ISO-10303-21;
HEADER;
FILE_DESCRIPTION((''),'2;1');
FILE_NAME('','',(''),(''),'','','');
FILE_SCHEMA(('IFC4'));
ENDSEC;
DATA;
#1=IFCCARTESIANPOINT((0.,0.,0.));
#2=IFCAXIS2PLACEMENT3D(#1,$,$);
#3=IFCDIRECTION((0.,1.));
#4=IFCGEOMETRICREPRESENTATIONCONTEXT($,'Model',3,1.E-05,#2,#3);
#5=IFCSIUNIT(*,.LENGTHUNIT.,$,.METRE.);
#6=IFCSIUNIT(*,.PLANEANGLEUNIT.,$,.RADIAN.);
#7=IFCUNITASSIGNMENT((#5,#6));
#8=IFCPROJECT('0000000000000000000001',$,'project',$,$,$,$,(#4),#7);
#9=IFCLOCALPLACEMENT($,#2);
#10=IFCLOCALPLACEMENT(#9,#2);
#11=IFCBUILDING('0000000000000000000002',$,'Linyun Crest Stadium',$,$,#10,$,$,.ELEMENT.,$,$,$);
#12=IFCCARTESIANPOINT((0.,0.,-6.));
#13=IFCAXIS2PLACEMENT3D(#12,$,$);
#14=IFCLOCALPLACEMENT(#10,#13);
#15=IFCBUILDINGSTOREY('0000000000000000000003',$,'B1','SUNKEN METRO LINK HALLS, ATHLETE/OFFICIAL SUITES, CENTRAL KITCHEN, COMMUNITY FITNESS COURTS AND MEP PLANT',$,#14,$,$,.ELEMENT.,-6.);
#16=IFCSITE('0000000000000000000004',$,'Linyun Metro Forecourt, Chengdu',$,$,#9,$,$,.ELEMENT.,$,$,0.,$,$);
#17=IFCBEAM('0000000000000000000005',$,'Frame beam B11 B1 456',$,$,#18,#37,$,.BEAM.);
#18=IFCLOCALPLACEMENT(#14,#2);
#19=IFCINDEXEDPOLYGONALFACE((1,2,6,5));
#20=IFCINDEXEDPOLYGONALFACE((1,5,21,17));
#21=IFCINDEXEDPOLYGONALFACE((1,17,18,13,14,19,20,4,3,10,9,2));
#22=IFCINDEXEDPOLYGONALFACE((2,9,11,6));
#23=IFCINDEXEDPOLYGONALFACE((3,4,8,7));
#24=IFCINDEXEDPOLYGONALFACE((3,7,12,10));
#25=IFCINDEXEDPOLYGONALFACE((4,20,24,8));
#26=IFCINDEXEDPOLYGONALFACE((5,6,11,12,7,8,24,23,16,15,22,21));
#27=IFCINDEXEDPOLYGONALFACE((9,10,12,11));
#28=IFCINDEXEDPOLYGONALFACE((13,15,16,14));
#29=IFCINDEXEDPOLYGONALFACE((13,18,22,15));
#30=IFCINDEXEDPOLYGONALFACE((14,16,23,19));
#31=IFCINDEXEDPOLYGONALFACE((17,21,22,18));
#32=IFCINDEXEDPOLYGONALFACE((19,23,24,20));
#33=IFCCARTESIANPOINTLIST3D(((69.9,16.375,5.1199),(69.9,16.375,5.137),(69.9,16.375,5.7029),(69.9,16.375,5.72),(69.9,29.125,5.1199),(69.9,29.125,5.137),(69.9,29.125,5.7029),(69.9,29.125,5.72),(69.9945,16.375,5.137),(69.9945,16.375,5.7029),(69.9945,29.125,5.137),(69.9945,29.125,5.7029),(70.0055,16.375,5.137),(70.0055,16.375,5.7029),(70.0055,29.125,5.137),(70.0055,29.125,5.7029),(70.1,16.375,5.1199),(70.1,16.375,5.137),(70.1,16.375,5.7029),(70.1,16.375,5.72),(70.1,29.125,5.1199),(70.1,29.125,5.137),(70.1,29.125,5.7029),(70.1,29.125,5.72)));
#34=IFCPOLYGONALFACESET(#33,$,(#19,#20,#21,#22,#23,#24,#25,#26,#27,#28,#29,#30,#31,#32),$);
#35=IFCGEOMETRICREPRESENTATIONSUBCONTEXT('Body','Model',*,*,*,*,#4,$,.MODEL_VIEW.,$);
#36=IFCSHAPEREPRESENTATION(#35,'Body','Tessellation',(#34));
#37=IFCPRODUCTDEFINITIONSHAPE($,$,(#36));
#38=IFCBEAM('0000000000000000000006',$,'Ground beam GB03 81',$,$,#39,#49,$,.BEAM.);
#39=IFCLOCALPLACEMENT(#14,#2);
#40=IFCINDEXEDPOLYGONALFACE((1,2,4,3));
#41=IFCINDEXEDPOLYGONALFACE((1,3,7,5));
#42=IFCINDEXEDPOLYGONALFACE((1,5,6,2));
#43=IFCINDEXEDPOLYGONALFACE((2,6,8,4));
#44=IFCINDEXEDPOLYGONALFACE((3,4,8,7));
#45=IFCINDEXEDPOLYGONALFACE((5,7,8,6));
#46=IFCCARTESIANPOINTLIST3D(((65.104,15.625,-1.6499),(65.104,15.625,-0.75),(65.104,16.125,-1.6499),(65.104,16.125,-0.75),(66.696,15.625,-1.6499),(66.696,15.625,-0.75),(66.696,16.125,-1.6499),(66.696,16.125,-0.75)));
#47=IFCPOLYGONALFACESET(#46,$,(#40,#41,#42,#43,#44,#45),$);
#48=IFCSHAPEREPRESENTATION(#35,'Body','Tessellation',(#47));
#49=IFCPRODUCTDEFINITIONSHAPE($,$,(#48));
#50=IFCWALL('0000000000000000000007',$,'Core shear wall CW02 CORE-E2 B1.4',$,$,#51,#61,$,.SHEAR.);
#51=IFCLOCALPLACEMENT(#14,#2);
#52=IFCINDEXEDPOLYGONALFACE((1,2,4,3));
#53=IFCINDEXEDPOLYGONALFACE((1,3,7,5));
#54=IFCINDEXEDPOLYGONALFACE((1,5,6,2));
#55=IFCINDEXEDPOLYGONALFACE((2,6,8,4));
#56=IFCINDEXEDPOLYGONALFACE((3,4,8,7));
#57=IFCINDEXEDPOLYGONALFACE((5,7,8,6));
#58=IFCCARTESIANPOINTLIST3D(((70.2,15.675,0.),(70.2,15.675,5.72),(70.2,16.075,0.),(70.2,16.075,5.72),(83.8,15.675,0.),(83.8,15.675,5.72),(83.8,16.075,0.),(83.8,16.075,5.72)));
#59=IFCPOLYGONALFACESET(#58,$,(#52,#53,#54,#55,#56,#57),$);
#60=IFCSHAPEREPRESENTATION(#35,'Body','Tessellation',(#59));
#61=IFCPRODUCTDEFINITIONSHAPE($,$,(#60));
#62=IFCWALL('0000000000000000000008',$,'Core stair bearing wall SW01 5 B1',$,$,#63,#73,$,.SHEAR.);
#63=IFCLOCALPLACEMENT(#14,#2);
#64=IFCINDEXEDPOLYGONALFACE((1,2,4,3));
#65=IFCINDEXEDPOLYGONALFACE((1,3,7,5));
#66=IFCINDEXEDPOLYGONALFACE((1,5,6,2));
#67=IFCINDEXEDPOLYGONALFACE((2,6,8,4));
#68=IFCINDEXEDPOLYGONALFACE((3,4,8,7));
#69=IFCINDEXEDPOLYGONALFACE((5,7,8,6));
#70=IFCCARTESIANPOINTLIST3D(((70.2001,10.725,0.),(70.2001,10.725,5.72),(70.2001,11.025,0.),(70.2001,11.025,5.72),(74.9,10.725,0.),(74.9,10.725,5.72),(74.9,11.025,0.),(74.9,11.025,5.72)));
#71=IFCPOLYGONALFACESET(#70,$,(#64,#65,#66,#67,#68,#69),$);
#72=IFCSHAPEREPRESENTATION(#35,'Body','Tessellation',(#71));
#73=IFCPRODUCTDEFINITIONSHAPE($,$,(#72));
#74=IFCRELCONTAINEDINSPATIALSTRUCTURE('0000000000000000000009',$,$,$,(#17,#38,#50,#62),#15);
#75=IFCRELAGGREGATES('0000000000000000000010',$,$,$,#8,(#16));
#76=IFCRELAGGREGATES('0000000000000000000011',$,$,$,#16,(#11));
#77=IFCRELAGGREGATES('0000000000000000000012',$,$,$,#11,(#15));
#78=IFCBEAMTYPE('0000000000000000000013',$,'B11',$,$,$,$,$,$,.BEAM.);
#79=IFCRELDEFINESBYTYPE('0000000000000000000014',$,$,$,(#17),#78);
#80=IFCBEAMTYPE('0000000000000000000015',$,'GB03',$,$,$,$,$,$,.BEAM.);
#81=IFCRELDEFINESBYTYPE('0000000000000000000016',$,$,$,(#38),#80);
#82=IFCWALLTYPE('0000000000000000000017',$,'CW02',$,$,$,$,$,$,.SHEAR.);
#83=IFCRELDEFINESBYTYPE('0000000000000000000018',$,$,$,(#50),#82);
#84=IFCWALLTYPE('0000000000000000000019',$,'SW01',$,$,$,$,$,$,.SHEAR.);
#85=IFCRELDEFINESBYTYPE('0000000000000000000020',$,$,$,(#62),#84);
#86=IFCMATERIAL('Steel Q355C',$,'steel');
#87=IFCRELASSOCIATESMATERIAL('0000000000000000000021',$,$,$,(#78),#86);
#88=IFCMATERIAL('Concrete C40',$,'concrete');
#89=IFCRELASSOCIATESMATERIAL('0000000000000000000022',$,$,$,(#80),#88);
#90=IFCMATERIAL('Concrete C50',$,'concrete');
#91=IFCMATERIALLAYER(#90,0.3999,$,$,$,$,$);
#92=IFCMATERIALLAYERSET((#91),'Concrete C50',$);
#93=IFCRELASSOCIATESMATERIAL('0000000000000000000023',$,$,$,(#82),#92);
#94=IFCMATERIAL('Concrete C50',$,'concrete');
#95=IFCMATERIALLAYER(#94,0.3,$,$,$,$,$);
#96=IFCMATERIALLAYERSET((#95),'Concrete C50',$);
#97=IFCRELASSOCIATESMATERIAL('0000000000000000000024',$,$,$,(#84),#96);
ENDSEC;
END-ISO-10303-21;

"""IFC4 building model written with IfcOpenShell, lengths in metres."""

from ifc_helpers import new_model, si_unit, direction, frame, frame_2d, origin, origin_2d, place, context, subcontext, project, spatial, rectangle, i_section, extrude, material, layer, layer_set, material_profile, profile_set, type_object, element, save


model = new_model("IFC4")

# Units and contexts
model_context = context("Model", 3, precision=1e-05, world=origin(), true_north=direction((0.0, 1.0)))
body_context = subcontext(model_context, "Body", "Model", "MODEL_VIEW")
ifc_project = project(units=[si_unit("LENGTHUNIT", "METRE"), si_unit("PLANEANGLEUNIT", "RADIAN")], contexts=[model_context])

# Site, building, storey
site_placement = place(None, origin())
site = spatial("IfcSite", under=ifc_project, at=site_placement, Name="Linyun Metro Forecourt, Chengdu", CompositionType="ELEMENT", RefElevation=0.0)
building_placement = place(site_placement, origin())
building = spatial("IfcBuilding", under=site, at=building_placement, Name="Linyun Crest Stadium", CompositionType="ELEMENT")
storey_placement = place(building_placement, frame((0.0, 0.0, -6.0)))
storey = spatial("IfcBuildingStorey", under=building, at=storey_placement, Name="B1", Description="SUNKEN METRO LINK HALLS, ATHLETE/OFFICIAL SUITES, CENTRAL KITCHEN, COMMUNITY FITNESS COURTS AND MEP PLANT", CompositionType="ELEMENT", Elevation=-6.0)

# Beams
ifc_material_1 = material(Name="Steel Q355C", Category="steel")
ifc_material_profile_1 = material_profile(ifc_material_1, i_section(OverallWidth=0.2, OverallDepth=0.6001, WebThickness=0.011, FlangeThickness=0.0171, at=origin_2d()), Name="HN 600x200")
ifc_profile_set_1 = profile_set([ifc_material_profile_1], Name="Steel Q355C")
beam_type_1 = type_object("IfcBeamType", Name="B11", PredefinedType="BEAM", material=ifc_profile_set_1)
beam_1_placement = place(storey_placement, frame((70.0, 16.375, 5.4199), z_axis=(0.0, 1.0, 0.0), x_axis=(-1.0, 0.0, 0.0)))
element("IfcBeam", 1, at=beam_1_placement, inside=storey, type_object=beam_type_1, Name="Frame beam B11 B1 456", PredefinedType="BEAM", context=body_context, shape_type="SweptSolid", body=[
    extrude(i_section(OverallWidth=0.2, OverallDepth=0.6001, WebThickness=0.011, FlangeThickness=0.0171, at=origin_2d()), origin(), (0.0, 0.0, 1.0), 12.75),
])
ifc_material_2 = material(Name="Concrete C40", Category="concrete")
ifc_material_profile_2 = material_profile(ifc_material_2, rectangle(XDim=0.5, YDim=0.8999, at=origin_2d()), Name="RCB 900x500")
ifc_profile_set_2 = profile_set([ifc_material_profile_2], Name="Concrete C40")
beam_type_2 = type_object("IfcBeamType", Name="GB03", PredefinedType="BEAM", material=ifc_profile_set_2)
beam_2_placement = place(storey_placement, frame((65.104, 15.875, -1.2), z_axis=(1.0, 0.0, 0.0), x_axis=(0.0, 1.0, 0.0)))
element("IfcBeam", 2, at=beam_2_placement, inside=storey, type_object=beam_type_2, Name="Ground beam GB03 81", PredefinedType="BEAM", context=body_context, shape_type="SweptSolid", body=[
    extrude(rectangle(XDim=0.5, YDim=0.8999, at=origin_2d()), origin(), (0.0, 0.0, 1.0), 1.592),
])

# Walls
ifc_material_3 = material(Name="Concrete C50", Category="concrete")
ifc_layer_1 = layer(ifc_material_3, 0.3999)
ifc_layer_set_1 = layer_set([ifc_layer_1], Name="Concrete C50")
wall_type_1 = type_object("IfcWallType", Name="CW02", PredefinedType="SHEAR", material=ifc_layer_set_1)
wall_1_placement = place(storey_placement, frame((70.2, 15.875, 0.0), z_axis=(0.0, 0.0, 1.0), x_axis=(1.0, 0.0, 0.0)))
element("IfcWall", 3, at=wall_1_placement, inside=storey, type_object=wall_type_1, Name="Core shear wall CW02 CORE-E2 B1.4", PredefinedType="SHEAR", context=body_context, shape_type="SweptSolid", body=[
    extrude(rectangle(XDim=13.6001, YDim=0.3999, at=frame_2d((6.8, 0.0))), origin(), (0.0, 0.0, 1.0), 5.72),
])
ifc_material_4 = material(Name="Concrete C50", Category="concrete")
ifc_layer_2 = layer(ifc_material_4, 0.3)
ifc_layer_set_2 = layer_set([ifc_layer_2], Name="Concrete C50")
wall_type_2 = type_object("IfcWallType", Name="SW01", PredefinedType="SHEAR", material=ifc_layer_set_2)
wall_2_placement = place(storey_placement, frame((70.2, 10.875, 0.0), z_axis=(0.0, 0.0, 1.0), x_axis=(1.0, 0.0, 0.0)))
element("IfcWall", 4, at=wall_2_placement, inside=storey, type_object=wall_type_2, Name="Core stair bearing wall SW01 5 B1", PredefinedType="SHEAR", context=body_context, shape_type="SweptSolid", body=[
    extrude(rectangle(XDim=4.7, YDim=0.3, at=frame_2d((2.3501, 0.0))), origin(), (0.0, 0.0, 1.0), 5.72),
])

save(model, "model.ifc")
